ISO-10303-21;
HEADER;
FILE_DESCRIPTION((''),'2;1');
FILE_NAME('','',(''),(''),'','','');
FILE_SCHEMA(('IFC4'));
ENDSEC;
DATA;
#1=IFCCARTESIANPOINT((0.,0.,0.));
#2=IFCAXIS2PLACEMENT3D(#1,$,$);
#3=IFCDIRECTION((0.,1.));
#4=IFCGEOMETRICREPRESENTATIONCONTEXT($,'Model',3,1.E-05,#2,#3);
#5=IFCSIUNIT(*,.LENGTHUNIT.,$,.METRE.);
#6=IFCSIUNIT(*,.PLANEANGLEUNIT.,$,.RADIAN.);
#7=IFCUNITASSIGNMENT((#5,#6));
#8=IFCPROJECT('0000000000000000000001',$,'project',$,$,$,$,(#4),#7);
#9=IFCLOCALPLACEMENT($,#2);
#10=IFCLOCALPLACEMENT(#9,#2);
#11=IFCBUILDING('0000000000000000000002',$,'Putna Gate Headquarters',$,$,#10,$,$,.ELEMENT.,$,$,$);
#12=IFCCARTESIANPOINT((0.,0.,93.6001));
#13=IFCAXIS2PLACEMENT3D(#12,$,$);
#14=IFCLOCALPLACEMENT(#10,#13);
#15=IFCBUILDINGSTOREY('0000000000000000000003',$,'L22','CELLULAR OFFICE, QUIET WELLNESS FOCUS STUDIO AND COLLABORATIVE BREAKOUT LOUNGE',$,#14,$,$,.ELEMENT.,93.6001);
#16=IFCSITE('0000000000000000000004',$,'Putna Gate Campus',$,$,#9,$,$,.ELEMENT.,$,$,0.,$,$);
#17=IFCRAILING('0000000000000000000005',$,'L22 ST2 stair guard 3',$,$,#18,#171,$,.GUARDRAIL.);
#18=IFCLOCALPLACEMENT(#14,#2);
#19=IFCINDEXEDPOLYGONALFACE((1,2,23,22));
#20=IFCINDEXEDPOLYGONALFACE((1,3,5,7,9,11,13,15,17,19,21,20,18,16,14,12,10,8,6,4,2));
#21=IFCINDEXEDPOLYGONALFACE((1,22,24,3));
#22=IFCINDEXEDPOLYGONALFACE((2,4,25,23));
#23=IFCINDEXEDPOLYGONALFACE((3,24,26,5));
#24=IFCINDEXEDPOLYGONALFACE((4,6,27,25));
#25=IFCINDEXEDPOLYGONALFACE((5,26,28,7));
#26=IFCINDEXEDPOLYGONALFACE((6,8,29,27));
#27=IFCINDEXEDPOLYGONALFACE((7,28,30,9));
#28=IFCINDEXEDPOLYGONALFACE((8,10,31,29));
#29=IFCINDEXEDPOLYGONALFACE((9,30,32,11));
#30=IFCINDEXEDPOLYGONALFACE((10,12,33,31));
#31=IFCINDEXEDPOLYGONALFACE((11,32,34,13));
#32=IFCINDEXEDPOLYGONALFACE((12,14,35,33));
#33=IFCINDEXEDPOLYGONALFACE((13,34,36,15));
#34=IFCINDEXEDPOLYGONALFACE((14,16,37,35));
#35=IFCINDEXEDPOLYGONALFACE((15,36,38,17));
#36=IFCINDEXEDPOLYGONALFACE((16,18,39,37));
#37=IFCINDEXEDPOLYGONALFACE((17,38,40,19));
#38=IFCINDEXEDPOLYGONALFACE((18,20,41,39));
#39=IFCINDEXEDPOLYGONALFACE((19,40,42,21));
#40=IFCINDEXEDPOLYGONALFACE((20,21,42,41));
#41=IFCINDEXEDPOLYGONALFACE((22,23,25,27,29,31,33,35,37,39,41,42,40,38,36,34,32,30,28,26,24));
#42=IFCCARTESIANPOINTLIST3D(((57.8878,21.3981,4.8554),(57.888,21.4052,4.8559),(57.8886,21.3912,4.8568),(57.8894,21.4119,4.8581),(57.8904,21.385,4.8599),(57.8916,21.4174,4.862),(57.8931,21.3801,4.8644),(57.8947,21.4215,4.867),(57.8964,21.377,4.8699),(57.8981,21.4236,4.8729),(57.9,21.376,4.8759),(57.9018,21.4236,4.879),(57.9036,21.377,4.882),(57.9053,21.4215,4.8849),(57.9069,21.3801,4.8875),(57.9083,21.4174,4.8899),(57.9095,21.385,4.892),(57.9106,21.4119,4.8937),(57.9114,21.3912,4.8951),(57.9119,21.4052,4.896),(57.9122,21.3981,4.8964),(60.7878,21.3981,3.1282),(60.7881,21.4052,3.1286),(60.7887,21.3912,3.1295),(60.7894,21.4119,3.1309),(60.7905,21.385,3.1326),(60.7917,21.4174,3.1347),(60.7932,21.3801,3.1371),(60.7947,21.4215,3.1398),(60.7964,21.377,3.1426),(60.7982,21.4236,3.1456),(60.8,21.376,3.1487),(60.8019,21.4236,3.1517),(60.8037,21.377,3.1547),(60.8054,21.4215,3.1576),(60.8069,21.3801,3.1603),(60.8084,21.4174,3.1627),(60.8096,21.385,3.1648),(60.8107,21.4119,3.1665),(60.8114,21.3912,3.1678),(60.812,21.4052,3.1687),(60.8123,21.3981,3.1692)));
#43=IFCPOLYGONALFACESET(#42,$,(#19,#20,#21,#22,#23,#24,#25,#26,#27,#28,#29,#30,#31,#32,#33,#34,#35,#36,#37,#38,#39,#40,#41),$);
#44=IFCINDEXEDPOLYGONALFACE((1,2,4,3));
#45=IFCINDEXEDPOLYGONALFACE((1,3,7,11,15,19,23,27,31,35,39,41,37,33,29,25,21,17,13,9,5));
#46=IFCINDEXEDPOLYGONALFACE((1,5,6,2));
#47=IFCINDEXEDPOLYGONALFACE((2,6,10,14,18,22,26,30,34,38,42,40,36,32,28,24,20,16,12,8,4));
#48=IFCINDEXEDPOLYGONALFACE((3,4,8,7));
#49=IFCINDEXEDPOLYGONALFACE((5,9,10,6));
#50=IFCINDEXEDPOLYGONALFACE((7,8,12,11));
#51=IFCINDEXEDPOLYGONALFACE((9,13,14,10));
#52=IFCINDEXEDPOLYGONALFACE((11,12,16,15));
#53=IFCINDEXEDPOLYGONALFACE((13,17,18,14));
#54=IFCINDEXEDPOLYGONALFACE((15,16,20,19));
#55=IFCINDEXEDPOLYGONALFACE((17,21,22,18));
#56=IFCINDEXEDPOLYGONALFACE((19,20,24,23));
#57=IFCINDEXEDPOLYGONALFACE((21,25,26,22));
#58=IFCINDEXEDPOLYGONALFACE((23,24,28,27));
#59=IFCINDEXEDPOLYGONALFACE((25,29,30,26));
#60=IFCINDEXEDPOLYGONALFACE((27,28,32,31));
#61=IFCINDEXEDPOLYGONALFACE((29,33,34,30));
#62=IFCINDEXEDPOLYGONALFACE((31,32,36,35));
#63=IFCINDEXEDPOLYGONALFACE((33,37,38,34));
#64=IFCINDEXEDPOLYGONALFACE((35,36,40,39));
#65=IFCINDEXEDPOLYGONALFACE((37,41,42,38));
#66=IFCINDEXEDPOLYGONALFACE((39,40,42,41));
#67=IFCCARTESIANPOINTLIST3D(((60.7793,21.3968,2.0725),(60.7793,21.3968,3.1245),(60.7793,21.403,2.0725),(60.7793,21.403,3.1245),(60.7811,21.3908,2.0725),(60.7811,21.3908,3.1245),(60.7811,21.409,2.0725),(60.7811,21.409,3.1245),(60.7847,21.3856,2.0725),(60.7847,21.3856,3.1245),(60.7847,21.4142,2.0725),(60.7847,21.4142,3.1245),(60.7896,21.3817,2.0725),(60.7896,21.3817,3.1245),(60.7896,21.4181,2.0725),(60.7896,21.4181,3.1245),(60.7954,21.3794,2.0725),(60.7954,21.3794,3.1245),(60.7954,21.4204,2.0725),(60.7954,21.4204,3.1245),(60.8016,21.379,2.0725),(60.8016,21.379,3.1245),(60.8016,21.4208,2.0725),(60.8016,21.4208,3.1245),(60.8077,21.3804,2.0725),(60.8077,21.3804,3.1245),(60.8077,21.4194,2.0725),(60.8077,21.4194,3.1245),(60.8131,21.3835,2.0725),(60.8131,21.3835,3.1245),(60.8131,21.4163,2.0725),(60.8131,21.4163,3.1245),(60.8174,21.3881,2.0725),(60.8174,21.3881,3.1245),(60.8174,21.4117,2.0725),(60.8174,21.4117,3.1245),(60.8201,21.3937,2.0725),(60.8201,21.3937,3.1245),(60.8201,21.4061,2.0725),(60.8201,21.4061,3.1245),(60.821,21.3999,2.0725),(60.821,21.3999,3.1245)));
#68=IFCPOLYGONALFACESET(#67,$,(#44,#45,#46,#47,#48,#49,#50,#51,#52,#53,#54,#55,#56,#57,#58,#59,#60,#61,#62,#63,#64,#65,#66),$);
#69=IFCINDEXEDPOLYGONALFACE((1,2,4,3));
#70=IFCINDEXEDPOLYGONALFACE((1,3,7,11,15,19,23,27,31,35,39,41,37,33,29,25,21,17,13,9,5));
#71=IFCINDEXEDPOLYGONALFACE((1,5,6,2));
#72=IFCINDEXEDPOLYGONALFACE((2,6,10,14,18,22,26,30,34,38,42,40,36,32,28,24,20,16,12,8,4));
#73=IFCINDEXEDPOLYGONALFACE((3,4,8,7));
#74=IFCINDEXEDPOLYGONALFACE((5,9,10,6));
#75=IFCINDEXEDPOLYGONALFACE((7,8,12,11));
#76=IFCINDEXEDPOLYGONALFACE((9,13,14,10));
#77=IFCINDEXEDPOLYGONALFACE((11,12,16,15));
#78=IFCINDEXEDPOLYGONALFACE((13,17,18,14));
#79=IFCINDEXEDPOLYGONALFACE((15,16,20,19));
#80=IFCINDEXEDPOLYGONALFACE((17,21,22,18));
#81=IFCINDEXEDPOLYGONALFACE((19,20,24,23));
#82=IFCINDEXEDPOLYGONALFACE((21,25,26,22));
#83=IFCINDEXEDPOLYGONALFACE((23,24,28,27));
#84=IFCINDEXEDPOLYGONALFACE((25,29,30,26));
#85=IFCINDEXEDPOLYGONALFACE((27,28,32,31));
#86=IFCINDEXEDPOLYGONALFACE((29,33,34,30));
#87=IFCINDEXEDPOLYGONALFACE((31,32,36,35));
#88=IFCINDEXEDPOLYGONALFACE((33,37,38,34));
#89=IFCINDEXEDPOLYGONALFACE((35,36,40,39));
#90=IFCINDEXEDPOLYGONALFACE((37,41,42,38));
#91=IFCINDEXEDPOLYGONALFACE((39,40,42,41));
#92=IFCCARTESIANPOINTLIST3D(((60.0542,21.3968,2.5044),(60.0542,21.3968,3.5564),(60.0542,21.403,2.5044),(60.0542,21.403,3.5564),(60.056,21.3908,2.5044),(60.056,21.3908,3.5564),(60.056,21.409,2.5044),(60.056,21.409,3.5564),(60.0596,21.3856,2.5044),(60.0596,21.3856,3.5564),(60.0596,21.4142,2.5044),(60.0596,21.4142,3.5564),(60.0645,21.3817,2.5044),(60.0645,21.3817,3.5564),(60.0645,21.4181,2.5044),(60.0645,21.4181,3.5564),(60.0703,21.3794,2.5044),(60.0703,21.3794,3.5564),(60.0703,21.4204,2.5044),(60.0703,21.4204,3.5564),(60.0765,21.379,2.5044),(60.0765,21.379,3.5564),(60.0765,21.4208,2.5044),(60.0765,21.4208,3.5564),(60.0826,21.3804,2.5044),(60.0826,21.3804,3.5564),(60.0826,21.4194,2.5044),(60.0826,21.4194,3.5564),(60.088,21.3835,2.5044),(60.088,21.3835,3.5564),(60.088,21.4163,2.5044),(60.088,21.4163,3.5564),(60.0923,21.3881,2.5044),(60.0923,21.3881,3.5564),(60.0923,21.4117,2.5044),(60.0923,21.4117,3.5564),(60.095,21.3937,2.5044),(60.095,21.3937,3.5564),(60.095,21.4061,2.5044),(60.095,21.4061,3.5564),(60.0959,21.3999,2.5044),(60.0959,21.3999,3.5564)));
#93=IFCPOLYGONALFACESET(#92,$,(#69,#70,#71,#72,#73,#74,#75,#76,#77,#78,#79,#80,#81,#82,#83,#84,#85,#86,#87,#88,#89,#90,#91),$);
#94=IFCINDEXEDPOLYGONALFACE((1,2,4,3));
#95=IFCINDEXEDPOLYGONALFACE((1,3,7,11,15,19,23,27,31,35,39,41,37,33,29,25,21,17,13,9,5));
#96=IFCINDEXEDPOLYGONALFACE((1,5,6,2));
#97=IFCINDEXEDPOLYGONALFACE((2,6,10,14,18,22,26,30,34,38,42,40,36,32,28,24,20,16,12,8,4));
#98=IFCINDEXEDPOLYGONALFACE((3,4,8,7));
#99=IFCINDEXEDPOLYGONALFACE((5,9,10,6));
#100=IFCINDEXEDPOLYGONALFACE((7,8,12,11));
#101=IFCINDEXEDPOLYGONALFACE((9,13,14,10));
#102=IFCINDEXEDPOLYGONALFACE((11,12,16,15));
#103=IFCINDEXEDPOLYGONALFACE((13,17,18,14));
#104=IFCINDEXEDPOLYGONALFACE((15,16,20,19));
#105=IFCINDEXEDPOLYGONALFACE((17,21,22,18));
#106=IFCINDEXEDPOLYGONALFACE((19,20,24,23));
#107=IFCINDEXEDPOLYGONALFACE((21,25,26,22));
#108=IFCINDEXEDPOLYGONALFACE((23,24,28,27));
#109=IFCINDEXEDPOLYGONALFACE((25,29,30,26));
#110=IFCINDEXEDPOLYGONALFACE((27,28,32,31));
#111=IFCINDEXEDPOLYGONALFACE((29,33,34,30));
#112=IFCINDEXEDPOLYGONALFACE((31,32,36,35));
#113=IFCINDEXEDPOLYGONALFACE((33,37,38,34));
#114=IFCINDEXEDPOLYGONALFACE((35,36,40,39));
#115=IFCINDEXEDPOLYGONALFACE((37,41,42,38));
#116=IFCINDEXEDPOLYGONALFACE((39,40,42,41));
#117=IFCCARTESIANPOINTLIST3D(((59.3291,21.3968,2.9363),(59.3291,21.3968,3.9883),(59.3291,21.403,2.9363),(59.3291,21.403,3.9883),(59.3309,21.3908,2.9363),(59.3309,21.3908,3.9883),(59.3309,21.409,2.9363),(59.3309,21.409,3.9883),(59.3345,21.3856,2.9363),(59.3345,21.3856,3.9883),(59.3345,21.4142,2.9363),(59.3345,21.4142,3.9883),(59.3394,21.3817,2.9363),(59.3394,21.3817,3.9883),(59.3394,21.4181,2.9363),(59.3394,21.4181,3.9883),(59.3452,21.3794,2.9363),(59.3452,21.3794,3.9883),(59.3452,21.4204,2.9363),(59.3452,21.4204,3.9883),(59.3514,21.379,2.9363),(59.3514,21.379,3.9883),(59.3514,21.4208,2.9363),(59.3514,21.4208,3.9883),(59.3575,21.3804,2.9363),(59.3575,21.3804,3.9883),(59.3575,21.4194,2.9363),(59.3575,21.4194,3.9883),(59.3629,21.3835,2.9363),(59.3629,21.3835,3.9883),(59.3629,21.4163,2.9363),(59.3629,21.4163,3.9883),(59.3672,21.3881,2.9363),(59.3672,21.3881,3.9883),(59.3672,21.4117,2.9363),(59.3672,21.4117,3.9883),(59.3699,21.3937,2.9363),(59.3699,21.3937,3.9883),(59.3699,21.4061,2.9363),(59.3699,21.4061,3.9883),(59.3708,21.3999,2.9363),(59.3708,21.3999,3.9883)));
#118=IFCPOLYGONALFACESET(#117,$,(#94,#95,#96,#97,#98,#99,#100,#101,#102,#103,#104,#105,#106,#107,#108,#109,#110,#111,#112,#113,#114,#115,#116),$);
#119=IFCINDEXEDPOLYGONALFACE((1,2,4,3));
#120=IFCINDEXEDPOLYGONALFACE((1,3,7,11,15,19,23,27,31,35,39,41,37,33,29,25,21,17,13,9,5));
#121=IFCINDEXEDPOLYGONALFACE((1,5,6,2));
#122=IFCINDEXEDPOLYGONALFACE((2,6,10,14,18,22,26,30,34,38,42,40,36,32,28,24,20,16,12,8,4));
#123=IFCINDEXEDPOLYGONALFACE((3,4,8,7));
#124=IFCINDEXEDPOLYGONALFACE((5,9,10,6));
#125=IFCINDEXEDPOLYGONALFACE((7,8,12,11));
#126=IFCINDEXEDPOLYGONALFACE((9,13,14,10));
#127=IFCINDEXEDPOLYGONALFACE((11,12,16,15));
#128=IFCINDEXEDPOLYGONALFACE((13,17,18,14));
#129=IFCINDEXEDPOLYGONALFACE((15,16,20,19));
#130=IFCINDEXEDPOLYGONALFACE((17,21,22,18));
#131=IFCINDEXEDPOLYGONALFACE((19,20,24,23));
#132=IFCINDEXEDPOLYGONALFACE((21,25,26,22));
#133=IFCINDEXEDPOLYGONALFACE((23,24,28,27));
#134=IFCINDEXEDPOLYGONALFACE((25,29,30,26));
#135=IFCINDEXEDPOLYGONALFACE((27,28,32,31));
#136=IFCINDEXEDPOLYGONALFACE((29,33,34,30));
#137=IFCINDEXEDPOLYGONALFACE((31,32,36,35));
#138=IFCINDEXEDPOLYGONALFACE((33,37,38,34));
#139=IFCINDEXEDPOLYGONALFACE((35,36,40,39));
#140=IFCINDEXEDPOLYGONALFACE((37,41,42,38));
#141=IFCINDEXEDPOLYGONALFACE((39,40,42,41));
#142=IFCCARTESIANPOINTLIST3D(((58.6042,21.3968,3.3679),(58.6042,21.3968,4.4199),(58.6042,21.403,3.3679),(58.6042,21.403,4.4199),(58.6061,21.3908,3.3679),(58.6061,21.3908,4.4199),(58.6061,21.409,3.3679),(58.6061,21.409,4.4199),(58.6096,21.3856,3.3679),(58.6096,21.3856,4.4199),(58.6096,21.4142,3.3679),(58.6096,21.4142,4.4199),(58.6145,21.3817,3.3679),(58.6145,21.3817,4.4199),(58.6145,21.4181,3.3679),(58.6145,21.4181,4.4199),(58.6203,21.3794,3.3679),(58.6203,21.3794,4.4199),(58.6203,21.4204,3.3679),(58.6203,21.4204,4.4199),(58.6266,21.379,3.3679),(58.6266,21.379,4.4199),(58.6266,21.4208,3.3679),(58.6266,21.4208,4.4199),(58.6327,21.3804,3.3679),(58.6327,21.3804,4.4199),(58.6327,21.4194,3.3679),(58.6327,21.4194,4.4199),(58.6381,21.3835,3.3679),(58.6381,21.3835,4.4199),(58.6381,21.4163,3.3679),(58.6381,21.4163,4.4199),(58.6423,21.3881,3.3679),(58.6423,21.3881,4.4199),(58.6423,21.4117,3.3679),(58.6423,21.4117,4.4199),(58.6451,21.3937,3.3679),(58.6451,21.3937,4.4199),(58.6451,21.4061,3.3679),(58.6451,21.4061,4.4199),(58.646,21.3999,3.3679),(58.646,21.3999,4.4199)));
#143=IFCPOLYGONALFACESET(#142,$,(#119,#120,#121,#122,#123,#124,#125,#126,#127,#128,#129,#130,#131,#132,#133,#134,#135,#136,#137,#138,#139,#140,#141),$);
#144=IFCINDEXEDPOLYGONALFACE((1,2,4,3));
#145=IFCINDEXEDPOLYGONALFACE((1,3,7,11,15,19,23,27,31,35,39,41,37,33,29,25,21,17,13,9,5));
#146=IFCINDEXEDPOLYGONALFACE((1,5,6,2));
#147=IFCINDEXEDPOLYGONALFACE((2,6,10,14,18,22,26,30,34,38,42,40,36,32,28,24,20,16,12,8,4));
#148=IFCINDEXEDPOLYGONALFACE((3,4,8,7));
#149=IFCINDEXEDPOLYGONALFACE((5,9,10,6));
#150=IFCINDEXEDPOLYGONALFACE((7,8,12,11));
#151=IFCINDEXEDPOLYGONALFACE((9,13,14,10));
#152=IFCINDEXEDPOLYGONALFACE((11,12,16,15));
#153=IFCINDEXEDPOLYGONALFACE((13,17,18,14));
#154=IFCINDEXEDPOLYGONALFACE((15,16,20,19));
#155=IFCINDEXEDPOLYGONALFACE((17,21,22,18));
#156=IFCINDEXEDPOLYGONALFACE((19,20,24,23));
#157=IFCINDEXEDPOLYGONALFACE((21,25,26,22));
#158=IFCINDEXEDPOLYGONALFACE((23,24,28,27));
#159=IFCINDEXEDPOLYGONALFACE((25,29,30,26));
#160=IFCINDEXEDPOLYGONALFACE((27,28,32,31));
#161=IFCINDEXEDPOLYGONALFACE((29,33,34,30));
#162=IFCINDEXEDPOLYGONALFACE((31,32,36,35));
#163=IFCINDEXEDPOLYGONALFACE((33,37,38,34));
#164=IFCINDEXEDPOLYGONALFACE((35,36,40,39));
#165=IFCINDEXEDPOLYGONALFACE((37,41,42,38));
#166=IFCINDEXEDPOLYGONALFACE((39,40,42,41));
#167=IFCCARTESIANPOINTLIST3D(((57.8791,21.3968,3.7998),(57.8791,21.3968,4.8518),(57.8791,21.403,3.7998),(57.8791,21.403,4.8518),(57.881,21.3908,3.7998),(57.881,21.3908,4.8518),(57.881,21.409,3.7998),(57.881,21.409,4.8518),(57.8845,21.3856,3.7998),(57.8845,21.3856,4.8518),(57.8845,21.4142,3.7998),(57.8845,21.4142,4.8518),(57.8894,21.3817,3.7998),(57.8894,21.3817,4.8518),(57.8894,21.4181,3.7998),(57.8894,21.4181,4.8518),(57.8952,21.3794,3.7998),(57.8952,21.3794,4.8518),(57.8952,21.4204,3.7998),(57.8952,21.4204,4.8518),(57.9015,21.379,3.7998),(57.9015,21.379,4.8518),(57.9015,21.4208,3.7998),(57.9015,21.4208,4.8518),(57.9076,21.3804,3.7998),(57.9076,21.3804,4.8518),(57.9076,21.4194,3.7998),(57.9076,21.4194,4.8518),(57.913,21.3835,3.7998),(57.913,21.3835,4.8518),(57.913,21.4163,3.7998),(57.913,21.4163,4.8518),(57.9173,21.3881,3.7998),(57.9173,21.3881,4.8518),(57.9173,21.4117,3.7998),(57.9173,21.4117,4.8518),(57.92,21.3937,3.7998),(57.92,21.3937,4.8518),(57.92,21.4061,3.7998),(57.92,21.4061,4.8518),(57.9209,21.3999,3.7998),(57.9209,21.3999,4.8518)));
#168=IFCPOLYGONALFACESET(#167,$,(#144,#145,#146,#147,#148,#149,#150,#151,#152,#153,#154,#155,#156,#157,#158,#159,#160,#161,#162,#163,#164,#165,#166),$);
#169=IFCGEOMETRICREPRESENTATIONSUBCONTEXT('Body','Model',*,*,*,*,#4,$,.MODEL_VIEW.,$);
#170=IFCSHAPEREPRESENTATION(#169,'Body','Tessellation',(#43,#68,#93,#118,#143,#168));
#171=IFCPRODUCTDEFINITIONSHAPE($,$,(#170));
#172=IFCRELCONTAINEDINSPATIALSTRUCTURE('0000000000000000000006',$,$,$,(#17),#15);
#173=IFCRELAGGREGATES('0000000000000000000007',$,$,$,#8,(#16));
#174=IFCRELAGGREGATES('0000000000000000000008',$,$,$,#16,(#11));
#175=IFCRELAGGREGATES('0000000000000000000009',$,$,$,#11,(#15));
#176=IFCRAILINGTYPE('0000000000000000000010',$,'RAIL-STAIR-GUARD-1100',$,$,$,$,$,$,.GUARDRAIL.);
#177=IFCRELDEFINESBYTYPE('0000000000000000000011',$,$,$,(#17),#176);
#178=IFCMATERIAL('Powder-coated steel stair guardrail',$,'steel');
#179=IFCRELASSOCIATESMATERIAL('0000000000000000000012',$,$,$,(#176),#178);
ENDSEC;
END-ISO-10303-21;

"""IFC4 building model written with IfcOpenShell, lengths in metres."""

from ifc_helpers import new_model, si_unit, direction, frame, origin, origin_2d, place, context, subcontext, project, spatial, circle, extrude, material, type_object, element, save


model = new_model("IFC4")

# Units and contexts
model_context = context("Model", 3, precision=1e-05, world=origin(), true_north=direction((0.0, 1.0)))
body_context = subcontext(model_context, "Body", "Model", "MODEL_VIEW")
ifc_project = project(units=[si_unit("LENGTHUNIT", "METRE"), si_unit("PLANEANGLEUNIT", "RADIAN")], contexts=[model_context])

# Site, building, storey
site_placement = place(None, origin())
site = spatial("IfcSite", under=ifc_project, at=site_placement, Name="Putna Gate Campus", CompositionType="ELEMENT", RefElevation=0.0)
building_placement = place(site_placement, origin())
building = spatial("IfcBuilding", under=site, at=building_placement, Name="Putna Gate Headquarters", CompositionType="ELEMENT")
storey_placement = place(building_placement, frame((0.0, 0.0, 93.6001)))
storey = spatial("IfcBuildingStorey", under=building, at=storey_placement, Name="L22", Description="CELLULAR OFFICE, QUIET WELLNESS FOCUS STUDIO AND COLLABORATIVE BREAKOUT LOUNGE", CompositionType="ELEMENT", Elevation=93.6001)

# Railing
ifc_material_1 = material(Name="Powder-coated steel stair guardrail", Category="steel")
railing_type_1 = type_object("IfcRailingType", Name="RAIL-STAIR-GUARD-1100", PredefinedType="GUARDRAIL", material=ifc_material_1)
railing_1_placement = place(storey_placement, frame((60.8, 21.3999, 2.0725)))
element("IfcRailing", 1, at=railing_1_placement, inside=storey, type_object=railing_type_1, Name="L22 ST2 stair guard 3", PredefinedType="GUARDRAIL", context=body_context, shape_type="SweptSolid", body=[
    extrude(circle(Radius=0.0239, at=origin_2d()), frame((0.0, 0.0, 1.0762), z_axis=(-0.85916, 0.0, 0.511706), x_axis=(0.0, -1.0, 0.0)), (0.0, 0.0, 1.0), 3.3755),
    extrude(circle(Radius=0.021, at=origin_2d()), origin(), (0.0, 0.0, 1.0), 1.052),
    extrude(circle(Radius=0.021, at=origin_2d()), frame((-0.7251, 0.0, 0.4319)), (0.0, 0.0, 1.0), 1.052),
    extrude(circle(Radius=0.021, at=origin_2d()), frame((-1.4502, 0.0, 0.8638)), (0.0, 0.0, 1.0), 1.052),
    extrude(circle(Radius=0.021, at=origin_2d()), frame((-2.175, 0.0, 1.2954)), (0.0, 0.0, 1.0), 1.052),
    extrude(circle(Radius=0.021, at=origin_2d()), frame((-2.9001, 0.0, 1.7273)), (0.0, 0.0, 1.0), 1.052),
])

save(model, "model.ifc")
